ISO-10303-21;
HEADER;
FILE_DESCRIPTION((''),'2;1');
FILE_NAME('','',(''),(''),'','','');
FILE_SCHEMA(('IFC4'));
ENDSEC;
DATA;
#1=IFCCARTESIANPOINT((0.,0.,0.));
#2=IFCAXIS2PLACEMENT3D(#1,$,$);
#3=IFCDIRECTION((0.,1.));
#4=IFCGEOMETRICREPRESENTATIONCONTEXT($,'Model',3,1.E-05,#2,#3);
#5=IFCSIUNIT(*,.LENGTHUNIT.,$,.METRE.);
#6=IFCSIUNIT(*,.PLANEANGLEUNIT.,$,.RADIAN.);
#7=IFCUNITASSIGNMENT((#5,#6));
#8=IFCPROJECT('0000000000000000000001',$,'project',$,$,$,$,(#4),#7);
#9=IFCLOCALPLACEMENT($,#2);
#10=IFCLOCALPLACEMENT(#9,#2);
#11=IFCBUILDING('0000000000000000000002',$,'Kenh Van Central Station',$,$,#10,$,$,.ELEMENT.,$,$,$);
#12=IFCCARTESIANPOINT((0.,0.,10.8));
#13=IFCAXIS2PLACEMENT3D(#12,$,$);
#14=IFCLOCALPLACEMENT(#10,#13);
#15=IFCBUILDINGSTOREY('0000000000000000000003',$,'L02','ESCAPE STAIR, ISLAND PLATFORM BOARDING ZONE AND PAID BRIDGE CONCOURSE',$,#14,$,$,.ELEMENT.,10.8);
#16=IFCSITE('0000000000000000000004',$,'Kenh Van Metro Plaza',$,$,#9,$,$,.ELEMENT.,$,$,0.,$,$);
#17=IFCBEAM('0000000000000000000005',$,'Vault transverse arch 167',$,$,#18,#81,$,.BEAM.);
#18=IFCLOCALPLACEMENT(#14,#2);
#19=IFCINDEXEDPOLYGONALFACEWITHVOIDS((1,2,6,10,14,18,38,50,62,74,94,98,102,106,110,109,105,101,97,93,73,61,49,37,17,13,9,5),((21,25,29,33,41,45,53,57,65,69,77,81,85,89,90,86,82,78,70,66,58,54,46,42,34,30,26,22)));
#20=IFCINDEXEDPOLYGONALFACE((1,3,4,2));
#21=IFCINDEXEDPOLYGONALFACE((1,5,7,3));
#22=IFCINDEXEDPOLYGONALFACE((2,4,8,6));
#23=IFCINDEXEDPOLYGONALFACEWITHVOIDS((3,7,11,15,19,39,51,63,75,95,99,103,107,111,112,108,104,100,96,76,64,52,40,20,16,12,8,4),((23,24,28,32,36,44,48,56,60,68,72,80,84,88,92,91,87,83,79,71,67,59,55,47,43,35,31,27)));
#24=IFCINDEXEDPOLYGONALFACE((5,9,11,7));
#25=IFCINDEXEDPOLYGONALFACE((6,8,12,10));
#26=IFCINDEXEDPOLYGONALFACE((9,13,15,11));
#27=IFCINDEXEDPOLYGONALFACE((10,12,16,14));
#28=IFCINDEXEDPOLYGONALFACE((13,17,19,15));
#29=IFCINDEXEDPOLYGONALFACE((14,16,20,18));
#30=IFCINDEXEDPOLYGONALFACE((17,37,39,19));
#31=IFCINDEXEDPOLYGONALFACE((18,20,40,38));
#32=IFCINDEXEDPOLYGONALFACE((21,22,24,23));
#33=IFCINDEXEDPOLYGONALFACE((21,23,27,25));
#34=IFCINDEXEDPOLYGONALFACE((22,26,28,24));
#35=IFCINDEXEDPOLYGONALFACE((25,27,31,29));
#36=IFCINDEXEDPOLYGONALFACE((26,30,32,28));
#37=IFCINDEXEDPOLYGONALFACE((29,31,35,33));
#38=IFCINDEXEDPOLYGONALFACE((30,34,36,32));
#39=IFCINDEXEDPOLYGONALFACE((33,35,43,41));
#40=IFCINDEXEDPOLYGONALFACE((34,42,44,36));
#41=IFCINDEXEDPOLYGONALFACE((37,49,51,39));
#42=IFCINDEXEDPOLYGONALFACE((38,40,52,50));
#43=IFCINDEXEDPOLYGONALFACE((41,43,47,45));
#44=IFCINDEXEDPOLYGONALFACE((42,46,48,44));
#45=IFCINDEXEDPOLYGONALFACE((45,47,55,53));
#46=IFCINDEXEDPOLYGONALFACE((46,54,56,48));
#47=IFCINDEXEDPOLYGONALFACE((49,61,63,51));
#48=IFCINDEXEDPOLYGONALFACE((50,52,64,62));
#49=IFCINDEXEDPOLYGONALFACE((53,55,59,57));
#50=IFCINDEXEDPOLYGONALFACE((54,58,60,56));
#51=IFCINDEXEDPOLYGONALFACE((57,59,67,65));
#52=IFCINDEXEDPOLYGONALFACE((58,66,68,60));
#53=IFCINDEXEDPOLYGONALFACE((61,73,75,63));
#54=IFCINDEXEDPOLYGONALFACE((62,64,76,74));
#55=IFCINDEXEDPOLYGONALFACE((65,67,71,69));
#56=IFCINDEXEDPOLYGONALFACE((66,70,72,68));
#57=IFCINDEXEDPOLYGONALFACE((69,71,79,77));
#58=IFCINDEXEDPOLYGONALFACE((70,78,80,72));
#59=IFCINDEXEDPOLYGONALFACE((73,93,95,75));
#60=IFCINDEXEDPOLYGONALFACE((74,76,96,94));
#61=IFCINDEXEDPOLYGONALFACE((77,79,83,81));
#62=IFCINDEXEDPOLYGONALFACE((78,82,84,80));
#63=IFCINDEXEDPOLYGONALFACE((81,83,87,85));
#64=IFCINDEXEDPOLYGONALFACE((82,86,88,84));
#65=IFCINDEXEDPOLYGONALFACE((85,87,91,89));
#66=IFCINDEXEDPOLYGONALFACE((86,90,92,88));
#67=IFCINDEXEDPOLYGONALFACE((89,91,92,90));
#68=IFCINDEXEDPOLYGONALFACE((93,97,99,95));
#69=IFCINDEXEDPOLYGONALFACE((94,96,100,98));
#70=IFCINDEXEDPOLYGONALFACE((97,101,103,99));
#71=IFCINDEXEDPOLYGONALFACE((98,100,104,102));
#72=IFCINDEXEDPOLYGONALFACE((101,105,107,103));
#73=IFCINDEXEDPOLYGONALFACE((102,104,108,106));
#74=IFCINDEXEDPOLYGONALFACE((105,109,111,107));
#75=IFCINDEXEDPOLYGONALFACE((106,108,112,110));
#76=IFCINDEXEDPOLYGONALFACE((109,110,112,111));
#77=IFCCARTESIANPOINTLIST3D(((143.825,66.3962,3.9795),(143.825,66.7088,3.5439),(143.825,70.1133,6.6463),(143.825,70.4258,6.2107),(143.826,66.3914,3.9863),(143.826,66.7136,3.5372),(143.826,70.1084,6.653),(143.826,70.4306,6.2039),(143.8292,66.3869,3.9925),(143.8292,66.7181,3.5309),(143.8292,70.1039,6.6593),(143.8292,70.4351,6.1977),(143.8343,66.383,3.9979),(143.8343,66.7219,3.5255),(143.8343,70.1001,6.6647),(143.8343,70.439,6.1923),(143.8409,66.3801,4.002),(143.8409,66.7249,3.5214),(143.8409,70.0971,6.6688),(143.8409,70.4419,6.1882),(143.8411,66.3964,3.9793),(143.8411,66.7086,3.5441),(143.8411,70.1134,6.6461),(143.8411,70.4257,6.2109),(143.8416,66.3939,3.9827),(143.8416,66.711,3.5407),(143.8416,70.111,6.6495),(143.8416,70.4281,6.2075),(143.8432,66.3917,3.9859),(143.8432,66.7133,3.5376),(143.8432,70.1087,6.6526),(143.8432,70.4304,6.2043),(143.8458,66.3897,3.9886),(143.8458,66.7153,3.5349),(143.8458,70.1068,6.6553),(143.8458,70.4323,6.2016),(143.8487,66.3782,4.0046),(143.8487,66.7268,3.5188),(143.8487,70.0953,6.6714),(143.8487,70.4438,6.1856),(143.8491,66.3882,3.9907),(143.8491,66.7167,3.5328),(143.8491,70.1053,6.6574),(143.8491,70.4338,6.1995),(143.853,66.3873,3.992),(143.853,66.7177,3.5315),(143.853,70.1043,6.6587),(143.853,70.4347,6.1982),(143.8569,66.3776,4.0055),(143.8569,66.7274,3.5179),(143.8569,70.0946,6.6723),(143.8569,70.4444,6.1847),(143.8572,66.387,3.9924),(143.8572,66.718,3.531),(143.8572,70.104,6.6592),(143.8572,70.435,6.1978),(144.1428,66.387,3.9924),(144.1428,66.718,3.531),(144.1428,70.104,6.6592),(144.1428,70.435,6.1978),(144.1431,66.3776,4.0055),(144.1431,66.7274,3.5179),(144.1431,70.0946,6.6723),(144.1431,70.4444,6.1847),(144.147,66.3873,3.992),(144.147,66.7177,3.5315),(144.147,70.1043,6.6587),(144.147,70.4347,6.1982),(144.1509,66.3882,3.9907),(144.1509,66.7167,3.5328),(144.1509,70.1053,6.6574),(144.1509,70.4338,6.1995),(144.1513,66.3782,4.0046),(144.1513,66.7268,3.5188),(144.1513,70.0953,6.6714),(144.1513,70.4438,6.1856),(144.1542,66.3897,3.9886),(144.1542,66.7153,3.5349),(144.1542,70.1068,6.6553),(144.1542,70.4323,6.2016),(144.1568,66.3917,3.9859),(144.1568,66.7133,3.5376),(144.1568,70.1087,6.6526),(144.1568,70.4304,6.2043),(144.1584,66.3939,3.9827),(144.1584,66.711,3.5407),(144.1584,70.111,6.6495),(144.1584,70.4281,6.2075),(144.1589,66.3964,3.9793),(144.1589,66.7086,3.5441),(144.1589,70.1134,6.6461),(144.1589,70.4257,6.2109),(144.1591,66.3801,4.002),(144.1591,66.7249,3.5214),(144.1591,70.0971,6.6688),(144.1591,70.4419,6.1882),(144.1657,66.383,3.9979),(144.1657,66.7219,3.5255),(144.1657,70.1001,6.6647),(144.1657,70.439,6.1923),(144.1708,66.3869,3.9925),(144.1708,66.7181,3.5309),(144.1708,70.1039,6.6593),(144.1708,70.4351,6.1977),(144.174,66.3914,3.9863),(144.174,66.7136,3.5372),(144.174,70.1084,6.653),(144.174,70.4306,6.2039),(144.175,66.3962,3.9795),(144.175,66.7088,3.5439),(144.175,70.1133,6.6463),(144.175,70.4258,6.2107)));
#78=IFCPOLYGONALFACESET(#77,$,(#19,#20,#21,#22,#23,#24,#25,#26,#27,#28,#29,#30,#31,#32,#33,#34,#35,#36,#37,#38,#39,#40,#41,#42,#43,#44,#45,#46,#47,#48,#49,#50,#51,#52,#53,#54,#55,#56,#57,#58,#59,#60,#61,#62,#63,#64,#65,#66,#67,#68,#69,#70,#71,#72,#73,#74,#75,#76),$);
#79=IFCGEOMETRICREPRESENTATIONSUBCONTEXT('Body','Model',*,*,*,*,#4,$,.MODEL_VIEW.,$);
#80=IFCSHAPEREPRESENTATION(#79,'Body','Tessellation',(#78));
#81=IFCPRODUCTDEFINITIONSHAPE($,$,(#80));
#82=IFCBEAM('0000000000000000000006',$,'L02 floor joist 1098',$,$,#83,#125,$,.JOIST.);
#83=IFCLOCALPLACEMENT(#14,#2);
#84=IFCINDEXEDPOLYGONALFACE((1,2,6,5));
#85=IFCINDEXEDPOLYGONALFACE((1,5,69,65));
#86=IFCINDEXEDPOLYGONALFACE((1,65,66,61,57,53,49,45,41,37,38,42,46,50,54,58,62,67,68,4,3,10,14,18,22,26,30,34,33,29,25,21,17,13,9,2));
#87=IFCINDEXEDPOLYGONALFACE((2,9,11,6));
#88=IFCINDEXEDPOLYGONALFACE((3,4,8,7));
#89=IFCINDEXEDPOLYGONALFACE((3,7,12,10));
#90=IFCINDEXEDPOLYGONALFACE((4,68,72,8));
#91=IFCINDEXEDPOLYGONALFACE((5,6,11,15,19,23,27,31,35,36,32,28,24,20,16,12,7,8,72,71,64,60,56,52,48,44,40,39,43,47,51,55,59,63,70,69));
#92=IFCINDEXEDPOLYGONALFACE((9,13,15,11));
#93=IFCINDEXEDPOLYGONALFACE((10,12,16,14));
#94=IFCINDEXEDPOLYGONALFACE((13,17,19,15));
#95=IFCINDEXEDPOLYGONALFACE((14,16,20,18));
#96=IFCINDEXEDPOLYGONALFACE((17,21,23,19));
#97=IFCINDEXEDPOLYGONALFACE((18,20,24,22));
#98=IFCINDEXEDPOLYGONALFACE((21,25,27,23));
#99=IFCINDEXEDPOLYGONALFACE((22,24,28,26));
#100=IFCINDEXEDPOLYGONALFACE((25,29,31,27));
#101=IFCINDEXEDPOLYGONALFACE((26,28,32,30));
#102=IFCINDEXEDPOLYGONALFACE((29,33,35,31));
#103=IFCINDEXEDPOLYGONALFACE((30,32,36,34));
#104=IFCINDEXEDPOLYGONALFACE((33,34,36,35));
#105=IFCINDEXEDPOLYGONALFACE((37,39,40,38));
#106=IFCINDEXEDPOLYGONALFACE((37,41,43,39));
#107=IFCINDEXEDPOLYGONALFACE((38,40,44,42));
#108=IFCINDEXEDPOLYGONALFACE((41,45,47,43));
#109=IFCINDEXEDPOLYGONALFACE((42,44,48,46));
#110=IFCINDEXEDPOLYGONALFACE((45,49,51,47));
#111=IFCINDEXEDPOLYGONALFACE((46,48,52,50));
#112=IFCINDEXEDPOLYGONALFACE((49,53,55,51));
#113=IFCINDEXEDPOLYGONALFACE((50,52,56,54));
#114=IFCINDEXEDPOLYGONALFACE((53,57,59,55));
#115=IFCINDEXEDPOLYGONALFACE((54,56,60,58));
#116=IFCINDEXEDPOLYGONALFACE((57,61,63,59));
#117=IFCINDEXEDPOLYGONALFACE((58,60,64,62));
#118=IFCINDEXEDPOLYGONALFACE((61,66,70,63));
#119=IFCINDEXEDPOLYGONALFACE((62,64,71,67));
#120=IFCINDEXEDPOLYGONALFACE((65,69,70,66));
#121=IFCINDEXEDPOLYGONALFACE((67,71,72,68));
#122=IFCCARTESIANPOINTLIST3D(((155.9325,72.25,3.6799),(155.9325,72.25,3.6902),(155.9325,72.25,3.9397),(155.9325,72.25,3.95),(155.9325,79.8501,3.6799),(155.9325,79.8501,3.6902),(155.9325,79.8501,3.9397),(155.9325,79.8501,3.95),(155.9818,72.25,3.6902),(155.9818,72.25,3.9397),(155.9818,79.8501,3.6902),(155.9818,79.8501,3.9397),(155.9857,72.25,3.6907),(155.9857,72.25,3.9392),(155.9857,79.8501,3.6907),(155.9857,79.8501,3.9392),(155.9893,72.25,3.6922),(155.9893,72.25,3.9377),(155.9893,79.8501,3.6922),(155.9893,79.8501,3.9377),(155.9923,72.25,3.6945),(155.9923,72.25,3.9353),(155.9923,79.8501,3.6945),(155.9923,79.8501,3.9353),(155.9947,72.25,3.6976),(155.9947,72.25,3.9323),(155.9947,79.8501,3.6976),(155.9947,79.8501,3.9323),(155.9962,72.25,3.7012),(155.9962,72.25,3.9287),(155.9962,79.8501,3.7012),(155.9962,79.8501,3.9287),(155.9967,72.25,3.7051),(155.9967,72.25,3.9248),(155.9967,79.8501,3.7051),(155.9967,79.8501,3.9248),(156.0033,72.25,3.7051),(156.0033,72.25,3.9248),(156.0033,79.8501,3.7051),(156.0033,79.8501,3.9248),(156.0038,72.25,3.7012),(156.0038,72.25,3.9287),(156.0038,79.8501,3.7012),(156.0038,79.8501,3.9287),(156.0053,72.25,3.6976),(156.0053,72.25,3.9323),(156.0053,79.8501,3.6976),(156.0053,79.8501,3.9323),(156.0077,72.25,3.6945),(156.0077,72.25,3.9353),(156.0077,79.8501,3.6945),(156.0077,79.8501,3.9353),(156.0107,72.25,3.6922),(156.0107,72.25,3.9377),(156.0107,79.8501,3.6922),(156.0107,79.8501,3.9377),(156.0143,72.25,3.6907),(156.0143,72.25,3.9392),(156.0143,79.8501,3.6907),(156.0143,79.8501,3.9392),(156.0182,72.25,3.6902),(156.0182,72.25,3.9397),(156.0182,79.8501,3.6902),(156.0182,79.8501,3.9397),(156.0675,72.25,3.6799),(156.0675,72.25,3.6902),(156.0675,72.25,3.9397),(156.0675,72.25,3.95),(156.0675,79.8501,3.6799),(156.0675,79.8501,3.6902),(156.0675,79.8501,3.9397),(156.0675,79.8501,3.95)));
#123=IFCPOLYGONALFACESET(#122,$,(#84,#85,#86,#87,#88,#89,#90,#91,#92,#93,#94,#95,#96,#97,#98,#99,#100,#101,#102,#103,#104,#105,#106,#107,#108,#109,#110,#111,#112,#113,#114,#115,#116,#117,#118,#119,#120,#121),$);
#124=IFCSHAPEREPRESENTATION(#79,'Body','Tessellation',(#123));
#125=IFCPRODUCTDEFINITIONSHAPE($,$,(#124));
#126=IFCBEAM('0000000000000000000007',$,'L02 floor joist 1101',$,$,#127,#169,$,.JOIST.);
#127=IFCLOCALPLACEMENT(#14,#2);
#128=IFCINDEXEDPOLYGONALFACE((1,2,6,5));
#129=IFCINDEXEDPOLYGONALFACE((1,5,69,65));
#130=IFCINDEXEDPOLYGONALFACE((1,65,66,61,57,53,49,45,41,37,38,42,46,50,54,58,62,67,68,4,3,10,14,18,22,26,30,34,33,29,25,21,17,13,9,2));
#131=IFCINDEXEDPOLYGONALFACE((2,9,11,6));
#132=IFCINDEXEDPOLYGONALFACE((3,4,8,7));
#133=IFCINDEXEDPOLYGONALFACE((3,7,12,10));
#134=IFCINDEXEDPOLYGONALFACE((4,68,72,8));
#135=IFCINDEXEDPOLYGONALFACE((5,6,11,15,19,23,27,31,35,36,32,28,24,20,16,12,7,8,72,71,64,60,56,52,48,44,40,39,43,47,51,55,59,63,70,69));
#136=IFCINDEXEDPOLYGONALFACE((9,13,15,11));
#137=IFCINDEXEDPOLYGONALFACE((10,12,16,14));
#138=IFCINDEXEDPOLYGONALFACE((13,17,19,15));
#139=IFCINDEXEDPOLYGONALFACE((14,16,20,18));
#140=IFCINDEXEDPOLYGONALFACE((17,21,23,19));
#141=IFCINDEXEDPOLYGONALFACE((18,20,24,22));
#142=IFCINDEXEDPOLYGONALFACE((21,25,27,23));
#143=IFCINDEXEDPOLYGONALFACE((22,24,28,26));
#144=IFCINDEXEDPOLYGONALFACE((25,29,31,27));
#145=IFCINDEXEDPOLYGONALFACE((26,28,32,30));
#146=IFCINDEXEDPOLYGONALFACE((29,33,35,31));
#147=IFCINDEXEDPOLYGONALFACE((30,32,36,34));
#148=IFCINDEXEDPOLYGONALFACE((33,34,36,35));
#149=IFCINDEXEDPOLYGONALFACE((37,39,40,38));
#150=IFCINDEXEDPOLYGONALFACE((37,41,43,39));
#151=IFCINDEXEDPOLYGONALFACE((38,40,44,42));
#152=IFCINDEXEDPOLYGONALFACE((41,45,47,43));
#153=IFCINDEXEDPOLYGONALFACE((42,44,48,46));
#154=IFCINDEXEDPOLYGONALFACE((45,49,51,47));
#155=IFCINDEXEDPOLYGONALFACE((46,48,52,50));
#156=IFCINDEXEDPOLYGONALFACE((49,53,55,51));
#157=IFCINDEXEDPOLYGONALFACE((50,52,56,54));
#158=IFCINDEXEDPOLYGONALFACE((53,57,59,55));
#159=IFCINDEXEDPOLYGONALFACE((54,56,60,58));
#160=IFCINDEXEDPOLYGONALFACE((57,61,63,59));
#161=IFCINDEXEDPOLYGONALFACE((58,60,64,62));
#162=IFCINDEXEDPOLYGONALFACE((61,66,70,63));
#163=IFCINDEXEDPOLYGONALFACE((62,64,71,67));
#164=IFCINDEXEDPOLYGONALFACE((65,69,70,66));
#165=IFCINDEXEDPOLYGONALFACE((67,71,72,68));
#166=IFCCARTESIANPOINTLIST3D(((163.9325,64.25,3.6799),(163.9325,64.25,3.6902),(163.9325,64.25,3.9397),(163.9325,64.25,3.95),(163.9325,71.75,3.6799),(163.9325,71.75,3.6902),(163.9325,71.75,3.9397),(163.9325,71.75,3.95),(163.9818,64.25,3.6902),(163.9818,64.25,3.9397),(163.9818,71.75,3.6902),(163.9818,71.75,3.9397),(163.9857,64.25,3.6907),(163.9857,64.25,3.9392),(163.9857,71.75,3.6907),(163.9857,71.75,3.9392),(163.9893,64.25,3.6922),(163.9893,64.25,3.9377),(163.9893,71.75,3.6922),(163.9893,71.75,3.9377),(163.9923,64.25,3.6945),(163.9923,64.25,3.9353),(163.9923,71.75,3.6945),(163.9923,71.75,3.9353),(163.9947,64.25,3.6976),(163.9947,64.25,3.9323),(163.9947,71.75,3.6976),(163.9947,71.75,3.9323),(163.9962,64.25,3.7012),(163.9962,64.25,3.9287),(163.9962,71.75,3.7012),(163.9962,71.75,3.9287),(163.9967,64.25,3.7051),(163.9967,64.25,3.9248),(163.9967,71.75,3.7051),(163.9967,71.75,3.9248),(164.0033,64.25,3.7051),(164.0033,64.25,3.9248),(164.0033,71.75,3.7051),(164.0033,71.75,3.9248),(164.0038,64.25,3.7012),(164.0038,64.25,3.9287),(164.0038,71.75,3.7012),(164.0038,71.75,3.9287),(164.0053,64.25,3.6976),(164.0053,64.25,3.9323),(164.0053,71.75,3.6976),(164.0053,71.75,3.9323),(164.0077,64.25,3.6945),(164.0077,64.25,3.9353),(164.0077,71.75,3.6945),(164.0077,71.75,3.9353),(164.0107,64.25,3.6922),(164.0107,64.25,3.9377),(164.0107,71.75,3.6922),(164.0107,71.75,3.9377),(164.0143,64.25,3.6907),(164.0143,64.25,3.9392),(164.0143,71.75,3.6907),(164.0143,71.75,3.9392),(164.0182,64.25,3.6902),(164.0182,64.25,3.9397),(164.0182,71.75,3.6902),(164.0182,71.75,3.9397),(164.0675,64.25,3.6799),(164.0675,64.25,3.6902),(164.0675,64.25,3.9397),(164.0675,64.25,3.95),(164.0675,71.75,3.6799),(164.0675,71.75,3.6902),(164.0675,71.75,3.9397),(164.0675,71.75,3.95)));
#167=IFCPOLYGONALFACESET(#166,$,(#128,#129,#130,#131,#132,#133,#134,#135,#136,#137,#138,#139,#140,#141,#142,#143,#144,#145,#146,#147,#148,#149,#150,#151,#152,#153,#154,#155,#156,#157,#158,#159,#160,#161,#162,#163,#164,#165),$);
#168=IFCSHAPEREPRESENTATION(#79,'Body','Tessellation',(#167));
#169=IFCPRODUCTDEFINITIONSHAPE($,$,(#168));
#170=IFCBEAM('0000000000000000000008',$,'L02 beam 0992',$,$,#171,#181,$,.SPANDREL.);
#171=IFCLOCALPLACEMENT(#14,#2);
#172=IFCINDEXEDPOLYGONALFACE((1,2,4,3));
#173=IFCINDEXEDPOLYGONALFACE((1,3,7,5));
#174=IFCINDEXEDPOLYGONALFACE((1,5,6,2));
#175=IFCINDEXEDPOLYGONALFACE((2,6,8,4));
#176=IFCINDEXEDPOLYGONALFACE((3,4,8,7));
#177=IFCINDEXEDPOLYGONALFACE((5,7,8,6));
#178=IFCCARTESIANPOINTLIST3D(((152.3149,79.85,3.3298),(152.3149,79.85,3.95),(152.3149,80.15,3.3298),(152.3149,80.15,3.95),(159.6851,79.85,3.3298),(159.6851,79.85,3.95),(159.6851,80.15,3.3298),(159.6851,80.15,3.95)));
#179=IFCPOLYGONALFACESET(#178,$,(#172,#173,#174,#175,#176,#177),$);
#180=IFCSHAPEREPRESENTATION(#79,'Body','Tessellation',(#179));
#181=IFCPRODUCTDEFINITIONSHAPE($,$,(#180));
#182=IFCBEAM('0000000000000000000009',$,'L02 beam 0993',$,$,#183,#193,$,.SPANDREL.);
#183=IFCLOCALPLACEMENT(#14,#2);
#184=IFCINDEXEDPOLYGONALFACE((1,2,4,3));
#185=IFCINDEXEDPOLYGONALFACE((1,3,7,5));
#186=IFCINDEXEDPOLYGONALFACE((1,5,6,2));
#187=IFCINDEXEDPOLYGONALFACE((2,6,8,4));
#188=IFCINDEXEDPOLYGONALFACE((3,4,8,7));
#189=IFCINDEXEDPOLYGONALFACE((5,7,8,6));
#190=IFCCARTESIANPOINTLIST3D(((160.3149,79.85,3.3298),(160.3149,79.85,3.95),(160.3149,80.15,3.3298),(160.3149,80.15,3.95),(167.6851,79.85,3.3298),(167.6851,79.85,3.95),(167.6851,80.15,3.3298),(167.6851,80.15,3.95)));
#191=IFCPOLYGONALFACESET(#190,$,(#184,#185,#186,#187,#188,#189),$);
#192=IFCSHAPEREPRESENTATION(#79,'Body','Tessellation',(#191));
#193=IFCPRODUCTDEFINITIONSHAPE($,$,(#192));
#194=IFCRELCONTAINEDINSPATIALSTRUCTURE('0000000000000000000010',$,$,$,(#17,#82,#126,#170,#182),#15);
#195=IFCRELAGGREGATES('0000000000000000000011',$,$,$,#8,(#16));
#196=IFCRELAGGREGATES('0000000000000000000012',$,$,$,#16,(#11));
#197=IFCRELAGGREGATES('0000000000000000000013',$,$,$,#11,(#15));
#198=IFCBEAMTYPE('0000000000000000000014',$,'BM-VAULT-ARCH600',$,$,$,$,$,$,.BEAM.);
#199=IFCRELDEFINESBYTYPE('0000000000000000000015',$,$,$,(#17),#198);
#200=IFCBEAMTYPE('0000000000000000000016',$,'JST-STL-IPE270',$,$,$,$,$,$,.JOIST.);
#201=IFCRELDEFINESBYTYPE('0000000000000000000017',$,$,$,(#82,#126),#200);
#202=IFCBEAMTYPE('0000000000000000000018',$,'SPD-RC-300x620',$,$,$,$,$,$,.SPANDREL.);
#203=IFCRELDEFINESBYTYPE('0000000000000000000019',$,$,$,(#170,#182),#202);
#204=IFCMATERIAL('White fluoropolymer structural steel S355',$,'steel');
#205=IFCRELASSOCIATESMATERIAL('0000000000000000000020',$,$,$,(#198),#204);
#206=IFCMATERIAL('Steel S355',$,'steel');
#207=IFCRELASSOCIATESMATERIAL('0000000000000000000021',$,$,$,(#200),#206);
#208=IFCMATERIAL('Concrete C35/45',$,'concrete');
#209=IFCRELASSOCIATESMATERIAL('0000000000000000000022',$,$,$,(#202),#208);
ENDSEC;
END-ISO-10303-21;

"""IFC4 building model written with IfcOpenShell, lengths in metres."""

from ifc_helpers import new_model, si_unit, direction, frame, origin, origin_2d, place, context, subcontext, project, spatial, rectangle, hollow_rectangle, i_section, extrude, material, material_profile, profile_set, type_object, element, save


model = new_model("IFC4")

# Units and contexts
model_context = context("Model", 3, precision=1e-05, world=origin(), true_north=direction((0.0, 1.0)))
body_context = subcontext(model_context, "Body", "Model", "MODEL_VIEW")
ifc_project = project(units=[si_unit("LENGTHUNIT", "METRE"), si_unit("PLANEANGLEUNIT", "RADIAN")], contexts=[model_context])

# Site, building, storey
site_placement = place(None, origin())
site = spatial("IfcSite", under=ifc_project, at=site_placement, Name="Kenh Van Metro Plaza", CompositionType="ELEMENT", RefElevation=0.0)
building_placement = place(site_placement, origin())
building = spatial("IfcBuilding", under=site, at=building_placement, Name="Kenh Van Central Station", CompositionType="ELEMENT")
storey_placement = place(building_placement, frame((0.0, 0.0, 10.8)))
storey = spatial("IfcBuildingStorey", under=building, at=storey_placement, Name="L02", Description="ESCAPE STAIR, ISLAND PLATFORM BOARDING ZONE AND PAID BRIDGE CONCOURSE", CompositionType="ELEMENT", Elevation=10.8)

# Shared definitions
ifc_material_1 = material(Name="Concrete C35/45", Category="concrete")

# Beams
ifc_material_2 = material(Name="White fluoropolymer structural steel S355", Category="steel")
ifc_material_profile_1 = material_profile(ifc_material_2, hollow_rectangle(XDim=0.3501, YDim=0.6001, WallThickness=0.0161, InnerFilletRadius=0.0161, OuterFilletRadius=0.032, at=origin_2d()), Name="RHS 600x350x16")
ifc_profile_set_1 = profile_set([ifc_material_profile_1], Name="White fluoropolymer structural steel S355")
beam_type_1 = type_object("IfcBeamType", Name="BM-VAULT-ARCH600", PredefinedType="BEAM", material=ifc_profile_set_1)
beam_1_placement = place(storey_placement, frame((144.0, 66.5525, 3.7617), z_axis=(0.0, 0.81252, 0.582933), x_axis=(-1.0, 0.0, 0.0)))
element("IfcBeam", 1, at=beam_1_placement, inside=storey, type_object=beam_type_1, Name="Vault transverse arch 167", PredefinedType="BEAM", context=body_context, shape_type="SweptSolid", body=[
    extrude(hollow_rectangle(XDim=0.3501, YDim=0.6001, WallThickness=0.0161, InnerFilletRadius=0.0161, OuterFilletRadius=0.032, at=origin_2d()), origin(), (0.0, 0.0, 1.0), 4.5747),
])
ifc_material_3 = material(Name="Steel S355", Category="steel")
ifc_material_profile_2 = material_profile(ifc_material_3, i_section(OverallWidth=0.135, OverallDepth=0.27, WebThickness=0.0066, FlangeThickness=0.0103, FilletRadius=0.0149, at=origin_2d()), Name="IPE 270")
ifc_profile_set_2 = profile_set([ifc_material_profile_2], Name="Steel S355")
beam_type_2 = type_object("IfcBeamType", Name="JST-STL-IPE270", PredefinedType="JOIST", material=ifc_profile_set_2)
beam_2_placement = place(storey_placement, frame((156.0, 72.25, 3.8149), z_axis=(0.0, 1.0, 0.0), x_axis=(-1.0, 0.0, 0.0)))
element("IfcBeam", 2, at=beam_2_placement, inside=storey, type_object=beam_type_2, Name="L02 floor joist 1098", PredefinedType="JOIST", context=body_context, shape_type="SweptSolid", body=[
    extrude(i_section(OverallWidth=0.135, OverallDepth=0.27, WebThickness=0.0066, FlangeThickness=0.0103, FilletRadius=0.0149, at=origin_2d()), origin(), (0.0, 0.0, 1.0), 7.6001),
])
beam_3_placement = place(storey_placement, frame((164.0, 64.25, 3.8149), z_axis=(0.0, 1.0, 0.0), x_axis=(-1.0, 0.0, 0.0)))
element("IfcBeam", 3, at=beam_3_placement, inside=storey, type_object=beam_type_2, Name="L02 floor joist 1101", PredefinedType="JOIST", context=body_context, shape_type="SweptSolid", body=[
    extrude(i_section(OverallWidth=0.135, OverallDepth=0.27, WebThickness=0.0066, FlangeThickness=0.0103, FilletRadius=0.0149, at=origin_2d()), origin(), (0.0, 0.0, 1.0), 7.5),
])
ifc_material_profile_3 = material_profile(ifc_material_1, rectangle(XDim=0.3, YDim=0.6201, at=origin_2d()), Name="RC 300x620")
ifc_profile_set_3 = profile_set([ifc_material_profile_3], Name="Concrete C35/45")
beam_type_3 = type_object("IfcBeamType", Name="SPD-RC-300x620", PredefinedType="SPANDREL", material=ifc_profile_set_3)
for number, where, z_axis, x_axis, name in (
    (4, (152.3149, 80.0, 3.6399), (1.0, 0.0, 0.0), (0.0, 1.0, 0.0), "L02 beam 0992"),
    (5, (160.3149, 80.0, 3.6399), (1.0, 0.0, 0.0), (0.0, 1.0, 0.0), "L02 beam 0993"),
):
    element("IfcBeam", number, at=place(storey_placement, frame(where, z_axis=z_axis, x_axis=x_axis)), inside=storey, type_object=beam_type_3, Name=name, PredefinedType="SPANDREL", context=body_context, shape_type="SweptSolid", body=[
        extrude(rectangle(XDim=0.3, YDim=0.6201, at=origin_2d()), origin(), (0.0, 0.0, 1.0), 7.3701),
    ])

save(model, "model.ifc")
